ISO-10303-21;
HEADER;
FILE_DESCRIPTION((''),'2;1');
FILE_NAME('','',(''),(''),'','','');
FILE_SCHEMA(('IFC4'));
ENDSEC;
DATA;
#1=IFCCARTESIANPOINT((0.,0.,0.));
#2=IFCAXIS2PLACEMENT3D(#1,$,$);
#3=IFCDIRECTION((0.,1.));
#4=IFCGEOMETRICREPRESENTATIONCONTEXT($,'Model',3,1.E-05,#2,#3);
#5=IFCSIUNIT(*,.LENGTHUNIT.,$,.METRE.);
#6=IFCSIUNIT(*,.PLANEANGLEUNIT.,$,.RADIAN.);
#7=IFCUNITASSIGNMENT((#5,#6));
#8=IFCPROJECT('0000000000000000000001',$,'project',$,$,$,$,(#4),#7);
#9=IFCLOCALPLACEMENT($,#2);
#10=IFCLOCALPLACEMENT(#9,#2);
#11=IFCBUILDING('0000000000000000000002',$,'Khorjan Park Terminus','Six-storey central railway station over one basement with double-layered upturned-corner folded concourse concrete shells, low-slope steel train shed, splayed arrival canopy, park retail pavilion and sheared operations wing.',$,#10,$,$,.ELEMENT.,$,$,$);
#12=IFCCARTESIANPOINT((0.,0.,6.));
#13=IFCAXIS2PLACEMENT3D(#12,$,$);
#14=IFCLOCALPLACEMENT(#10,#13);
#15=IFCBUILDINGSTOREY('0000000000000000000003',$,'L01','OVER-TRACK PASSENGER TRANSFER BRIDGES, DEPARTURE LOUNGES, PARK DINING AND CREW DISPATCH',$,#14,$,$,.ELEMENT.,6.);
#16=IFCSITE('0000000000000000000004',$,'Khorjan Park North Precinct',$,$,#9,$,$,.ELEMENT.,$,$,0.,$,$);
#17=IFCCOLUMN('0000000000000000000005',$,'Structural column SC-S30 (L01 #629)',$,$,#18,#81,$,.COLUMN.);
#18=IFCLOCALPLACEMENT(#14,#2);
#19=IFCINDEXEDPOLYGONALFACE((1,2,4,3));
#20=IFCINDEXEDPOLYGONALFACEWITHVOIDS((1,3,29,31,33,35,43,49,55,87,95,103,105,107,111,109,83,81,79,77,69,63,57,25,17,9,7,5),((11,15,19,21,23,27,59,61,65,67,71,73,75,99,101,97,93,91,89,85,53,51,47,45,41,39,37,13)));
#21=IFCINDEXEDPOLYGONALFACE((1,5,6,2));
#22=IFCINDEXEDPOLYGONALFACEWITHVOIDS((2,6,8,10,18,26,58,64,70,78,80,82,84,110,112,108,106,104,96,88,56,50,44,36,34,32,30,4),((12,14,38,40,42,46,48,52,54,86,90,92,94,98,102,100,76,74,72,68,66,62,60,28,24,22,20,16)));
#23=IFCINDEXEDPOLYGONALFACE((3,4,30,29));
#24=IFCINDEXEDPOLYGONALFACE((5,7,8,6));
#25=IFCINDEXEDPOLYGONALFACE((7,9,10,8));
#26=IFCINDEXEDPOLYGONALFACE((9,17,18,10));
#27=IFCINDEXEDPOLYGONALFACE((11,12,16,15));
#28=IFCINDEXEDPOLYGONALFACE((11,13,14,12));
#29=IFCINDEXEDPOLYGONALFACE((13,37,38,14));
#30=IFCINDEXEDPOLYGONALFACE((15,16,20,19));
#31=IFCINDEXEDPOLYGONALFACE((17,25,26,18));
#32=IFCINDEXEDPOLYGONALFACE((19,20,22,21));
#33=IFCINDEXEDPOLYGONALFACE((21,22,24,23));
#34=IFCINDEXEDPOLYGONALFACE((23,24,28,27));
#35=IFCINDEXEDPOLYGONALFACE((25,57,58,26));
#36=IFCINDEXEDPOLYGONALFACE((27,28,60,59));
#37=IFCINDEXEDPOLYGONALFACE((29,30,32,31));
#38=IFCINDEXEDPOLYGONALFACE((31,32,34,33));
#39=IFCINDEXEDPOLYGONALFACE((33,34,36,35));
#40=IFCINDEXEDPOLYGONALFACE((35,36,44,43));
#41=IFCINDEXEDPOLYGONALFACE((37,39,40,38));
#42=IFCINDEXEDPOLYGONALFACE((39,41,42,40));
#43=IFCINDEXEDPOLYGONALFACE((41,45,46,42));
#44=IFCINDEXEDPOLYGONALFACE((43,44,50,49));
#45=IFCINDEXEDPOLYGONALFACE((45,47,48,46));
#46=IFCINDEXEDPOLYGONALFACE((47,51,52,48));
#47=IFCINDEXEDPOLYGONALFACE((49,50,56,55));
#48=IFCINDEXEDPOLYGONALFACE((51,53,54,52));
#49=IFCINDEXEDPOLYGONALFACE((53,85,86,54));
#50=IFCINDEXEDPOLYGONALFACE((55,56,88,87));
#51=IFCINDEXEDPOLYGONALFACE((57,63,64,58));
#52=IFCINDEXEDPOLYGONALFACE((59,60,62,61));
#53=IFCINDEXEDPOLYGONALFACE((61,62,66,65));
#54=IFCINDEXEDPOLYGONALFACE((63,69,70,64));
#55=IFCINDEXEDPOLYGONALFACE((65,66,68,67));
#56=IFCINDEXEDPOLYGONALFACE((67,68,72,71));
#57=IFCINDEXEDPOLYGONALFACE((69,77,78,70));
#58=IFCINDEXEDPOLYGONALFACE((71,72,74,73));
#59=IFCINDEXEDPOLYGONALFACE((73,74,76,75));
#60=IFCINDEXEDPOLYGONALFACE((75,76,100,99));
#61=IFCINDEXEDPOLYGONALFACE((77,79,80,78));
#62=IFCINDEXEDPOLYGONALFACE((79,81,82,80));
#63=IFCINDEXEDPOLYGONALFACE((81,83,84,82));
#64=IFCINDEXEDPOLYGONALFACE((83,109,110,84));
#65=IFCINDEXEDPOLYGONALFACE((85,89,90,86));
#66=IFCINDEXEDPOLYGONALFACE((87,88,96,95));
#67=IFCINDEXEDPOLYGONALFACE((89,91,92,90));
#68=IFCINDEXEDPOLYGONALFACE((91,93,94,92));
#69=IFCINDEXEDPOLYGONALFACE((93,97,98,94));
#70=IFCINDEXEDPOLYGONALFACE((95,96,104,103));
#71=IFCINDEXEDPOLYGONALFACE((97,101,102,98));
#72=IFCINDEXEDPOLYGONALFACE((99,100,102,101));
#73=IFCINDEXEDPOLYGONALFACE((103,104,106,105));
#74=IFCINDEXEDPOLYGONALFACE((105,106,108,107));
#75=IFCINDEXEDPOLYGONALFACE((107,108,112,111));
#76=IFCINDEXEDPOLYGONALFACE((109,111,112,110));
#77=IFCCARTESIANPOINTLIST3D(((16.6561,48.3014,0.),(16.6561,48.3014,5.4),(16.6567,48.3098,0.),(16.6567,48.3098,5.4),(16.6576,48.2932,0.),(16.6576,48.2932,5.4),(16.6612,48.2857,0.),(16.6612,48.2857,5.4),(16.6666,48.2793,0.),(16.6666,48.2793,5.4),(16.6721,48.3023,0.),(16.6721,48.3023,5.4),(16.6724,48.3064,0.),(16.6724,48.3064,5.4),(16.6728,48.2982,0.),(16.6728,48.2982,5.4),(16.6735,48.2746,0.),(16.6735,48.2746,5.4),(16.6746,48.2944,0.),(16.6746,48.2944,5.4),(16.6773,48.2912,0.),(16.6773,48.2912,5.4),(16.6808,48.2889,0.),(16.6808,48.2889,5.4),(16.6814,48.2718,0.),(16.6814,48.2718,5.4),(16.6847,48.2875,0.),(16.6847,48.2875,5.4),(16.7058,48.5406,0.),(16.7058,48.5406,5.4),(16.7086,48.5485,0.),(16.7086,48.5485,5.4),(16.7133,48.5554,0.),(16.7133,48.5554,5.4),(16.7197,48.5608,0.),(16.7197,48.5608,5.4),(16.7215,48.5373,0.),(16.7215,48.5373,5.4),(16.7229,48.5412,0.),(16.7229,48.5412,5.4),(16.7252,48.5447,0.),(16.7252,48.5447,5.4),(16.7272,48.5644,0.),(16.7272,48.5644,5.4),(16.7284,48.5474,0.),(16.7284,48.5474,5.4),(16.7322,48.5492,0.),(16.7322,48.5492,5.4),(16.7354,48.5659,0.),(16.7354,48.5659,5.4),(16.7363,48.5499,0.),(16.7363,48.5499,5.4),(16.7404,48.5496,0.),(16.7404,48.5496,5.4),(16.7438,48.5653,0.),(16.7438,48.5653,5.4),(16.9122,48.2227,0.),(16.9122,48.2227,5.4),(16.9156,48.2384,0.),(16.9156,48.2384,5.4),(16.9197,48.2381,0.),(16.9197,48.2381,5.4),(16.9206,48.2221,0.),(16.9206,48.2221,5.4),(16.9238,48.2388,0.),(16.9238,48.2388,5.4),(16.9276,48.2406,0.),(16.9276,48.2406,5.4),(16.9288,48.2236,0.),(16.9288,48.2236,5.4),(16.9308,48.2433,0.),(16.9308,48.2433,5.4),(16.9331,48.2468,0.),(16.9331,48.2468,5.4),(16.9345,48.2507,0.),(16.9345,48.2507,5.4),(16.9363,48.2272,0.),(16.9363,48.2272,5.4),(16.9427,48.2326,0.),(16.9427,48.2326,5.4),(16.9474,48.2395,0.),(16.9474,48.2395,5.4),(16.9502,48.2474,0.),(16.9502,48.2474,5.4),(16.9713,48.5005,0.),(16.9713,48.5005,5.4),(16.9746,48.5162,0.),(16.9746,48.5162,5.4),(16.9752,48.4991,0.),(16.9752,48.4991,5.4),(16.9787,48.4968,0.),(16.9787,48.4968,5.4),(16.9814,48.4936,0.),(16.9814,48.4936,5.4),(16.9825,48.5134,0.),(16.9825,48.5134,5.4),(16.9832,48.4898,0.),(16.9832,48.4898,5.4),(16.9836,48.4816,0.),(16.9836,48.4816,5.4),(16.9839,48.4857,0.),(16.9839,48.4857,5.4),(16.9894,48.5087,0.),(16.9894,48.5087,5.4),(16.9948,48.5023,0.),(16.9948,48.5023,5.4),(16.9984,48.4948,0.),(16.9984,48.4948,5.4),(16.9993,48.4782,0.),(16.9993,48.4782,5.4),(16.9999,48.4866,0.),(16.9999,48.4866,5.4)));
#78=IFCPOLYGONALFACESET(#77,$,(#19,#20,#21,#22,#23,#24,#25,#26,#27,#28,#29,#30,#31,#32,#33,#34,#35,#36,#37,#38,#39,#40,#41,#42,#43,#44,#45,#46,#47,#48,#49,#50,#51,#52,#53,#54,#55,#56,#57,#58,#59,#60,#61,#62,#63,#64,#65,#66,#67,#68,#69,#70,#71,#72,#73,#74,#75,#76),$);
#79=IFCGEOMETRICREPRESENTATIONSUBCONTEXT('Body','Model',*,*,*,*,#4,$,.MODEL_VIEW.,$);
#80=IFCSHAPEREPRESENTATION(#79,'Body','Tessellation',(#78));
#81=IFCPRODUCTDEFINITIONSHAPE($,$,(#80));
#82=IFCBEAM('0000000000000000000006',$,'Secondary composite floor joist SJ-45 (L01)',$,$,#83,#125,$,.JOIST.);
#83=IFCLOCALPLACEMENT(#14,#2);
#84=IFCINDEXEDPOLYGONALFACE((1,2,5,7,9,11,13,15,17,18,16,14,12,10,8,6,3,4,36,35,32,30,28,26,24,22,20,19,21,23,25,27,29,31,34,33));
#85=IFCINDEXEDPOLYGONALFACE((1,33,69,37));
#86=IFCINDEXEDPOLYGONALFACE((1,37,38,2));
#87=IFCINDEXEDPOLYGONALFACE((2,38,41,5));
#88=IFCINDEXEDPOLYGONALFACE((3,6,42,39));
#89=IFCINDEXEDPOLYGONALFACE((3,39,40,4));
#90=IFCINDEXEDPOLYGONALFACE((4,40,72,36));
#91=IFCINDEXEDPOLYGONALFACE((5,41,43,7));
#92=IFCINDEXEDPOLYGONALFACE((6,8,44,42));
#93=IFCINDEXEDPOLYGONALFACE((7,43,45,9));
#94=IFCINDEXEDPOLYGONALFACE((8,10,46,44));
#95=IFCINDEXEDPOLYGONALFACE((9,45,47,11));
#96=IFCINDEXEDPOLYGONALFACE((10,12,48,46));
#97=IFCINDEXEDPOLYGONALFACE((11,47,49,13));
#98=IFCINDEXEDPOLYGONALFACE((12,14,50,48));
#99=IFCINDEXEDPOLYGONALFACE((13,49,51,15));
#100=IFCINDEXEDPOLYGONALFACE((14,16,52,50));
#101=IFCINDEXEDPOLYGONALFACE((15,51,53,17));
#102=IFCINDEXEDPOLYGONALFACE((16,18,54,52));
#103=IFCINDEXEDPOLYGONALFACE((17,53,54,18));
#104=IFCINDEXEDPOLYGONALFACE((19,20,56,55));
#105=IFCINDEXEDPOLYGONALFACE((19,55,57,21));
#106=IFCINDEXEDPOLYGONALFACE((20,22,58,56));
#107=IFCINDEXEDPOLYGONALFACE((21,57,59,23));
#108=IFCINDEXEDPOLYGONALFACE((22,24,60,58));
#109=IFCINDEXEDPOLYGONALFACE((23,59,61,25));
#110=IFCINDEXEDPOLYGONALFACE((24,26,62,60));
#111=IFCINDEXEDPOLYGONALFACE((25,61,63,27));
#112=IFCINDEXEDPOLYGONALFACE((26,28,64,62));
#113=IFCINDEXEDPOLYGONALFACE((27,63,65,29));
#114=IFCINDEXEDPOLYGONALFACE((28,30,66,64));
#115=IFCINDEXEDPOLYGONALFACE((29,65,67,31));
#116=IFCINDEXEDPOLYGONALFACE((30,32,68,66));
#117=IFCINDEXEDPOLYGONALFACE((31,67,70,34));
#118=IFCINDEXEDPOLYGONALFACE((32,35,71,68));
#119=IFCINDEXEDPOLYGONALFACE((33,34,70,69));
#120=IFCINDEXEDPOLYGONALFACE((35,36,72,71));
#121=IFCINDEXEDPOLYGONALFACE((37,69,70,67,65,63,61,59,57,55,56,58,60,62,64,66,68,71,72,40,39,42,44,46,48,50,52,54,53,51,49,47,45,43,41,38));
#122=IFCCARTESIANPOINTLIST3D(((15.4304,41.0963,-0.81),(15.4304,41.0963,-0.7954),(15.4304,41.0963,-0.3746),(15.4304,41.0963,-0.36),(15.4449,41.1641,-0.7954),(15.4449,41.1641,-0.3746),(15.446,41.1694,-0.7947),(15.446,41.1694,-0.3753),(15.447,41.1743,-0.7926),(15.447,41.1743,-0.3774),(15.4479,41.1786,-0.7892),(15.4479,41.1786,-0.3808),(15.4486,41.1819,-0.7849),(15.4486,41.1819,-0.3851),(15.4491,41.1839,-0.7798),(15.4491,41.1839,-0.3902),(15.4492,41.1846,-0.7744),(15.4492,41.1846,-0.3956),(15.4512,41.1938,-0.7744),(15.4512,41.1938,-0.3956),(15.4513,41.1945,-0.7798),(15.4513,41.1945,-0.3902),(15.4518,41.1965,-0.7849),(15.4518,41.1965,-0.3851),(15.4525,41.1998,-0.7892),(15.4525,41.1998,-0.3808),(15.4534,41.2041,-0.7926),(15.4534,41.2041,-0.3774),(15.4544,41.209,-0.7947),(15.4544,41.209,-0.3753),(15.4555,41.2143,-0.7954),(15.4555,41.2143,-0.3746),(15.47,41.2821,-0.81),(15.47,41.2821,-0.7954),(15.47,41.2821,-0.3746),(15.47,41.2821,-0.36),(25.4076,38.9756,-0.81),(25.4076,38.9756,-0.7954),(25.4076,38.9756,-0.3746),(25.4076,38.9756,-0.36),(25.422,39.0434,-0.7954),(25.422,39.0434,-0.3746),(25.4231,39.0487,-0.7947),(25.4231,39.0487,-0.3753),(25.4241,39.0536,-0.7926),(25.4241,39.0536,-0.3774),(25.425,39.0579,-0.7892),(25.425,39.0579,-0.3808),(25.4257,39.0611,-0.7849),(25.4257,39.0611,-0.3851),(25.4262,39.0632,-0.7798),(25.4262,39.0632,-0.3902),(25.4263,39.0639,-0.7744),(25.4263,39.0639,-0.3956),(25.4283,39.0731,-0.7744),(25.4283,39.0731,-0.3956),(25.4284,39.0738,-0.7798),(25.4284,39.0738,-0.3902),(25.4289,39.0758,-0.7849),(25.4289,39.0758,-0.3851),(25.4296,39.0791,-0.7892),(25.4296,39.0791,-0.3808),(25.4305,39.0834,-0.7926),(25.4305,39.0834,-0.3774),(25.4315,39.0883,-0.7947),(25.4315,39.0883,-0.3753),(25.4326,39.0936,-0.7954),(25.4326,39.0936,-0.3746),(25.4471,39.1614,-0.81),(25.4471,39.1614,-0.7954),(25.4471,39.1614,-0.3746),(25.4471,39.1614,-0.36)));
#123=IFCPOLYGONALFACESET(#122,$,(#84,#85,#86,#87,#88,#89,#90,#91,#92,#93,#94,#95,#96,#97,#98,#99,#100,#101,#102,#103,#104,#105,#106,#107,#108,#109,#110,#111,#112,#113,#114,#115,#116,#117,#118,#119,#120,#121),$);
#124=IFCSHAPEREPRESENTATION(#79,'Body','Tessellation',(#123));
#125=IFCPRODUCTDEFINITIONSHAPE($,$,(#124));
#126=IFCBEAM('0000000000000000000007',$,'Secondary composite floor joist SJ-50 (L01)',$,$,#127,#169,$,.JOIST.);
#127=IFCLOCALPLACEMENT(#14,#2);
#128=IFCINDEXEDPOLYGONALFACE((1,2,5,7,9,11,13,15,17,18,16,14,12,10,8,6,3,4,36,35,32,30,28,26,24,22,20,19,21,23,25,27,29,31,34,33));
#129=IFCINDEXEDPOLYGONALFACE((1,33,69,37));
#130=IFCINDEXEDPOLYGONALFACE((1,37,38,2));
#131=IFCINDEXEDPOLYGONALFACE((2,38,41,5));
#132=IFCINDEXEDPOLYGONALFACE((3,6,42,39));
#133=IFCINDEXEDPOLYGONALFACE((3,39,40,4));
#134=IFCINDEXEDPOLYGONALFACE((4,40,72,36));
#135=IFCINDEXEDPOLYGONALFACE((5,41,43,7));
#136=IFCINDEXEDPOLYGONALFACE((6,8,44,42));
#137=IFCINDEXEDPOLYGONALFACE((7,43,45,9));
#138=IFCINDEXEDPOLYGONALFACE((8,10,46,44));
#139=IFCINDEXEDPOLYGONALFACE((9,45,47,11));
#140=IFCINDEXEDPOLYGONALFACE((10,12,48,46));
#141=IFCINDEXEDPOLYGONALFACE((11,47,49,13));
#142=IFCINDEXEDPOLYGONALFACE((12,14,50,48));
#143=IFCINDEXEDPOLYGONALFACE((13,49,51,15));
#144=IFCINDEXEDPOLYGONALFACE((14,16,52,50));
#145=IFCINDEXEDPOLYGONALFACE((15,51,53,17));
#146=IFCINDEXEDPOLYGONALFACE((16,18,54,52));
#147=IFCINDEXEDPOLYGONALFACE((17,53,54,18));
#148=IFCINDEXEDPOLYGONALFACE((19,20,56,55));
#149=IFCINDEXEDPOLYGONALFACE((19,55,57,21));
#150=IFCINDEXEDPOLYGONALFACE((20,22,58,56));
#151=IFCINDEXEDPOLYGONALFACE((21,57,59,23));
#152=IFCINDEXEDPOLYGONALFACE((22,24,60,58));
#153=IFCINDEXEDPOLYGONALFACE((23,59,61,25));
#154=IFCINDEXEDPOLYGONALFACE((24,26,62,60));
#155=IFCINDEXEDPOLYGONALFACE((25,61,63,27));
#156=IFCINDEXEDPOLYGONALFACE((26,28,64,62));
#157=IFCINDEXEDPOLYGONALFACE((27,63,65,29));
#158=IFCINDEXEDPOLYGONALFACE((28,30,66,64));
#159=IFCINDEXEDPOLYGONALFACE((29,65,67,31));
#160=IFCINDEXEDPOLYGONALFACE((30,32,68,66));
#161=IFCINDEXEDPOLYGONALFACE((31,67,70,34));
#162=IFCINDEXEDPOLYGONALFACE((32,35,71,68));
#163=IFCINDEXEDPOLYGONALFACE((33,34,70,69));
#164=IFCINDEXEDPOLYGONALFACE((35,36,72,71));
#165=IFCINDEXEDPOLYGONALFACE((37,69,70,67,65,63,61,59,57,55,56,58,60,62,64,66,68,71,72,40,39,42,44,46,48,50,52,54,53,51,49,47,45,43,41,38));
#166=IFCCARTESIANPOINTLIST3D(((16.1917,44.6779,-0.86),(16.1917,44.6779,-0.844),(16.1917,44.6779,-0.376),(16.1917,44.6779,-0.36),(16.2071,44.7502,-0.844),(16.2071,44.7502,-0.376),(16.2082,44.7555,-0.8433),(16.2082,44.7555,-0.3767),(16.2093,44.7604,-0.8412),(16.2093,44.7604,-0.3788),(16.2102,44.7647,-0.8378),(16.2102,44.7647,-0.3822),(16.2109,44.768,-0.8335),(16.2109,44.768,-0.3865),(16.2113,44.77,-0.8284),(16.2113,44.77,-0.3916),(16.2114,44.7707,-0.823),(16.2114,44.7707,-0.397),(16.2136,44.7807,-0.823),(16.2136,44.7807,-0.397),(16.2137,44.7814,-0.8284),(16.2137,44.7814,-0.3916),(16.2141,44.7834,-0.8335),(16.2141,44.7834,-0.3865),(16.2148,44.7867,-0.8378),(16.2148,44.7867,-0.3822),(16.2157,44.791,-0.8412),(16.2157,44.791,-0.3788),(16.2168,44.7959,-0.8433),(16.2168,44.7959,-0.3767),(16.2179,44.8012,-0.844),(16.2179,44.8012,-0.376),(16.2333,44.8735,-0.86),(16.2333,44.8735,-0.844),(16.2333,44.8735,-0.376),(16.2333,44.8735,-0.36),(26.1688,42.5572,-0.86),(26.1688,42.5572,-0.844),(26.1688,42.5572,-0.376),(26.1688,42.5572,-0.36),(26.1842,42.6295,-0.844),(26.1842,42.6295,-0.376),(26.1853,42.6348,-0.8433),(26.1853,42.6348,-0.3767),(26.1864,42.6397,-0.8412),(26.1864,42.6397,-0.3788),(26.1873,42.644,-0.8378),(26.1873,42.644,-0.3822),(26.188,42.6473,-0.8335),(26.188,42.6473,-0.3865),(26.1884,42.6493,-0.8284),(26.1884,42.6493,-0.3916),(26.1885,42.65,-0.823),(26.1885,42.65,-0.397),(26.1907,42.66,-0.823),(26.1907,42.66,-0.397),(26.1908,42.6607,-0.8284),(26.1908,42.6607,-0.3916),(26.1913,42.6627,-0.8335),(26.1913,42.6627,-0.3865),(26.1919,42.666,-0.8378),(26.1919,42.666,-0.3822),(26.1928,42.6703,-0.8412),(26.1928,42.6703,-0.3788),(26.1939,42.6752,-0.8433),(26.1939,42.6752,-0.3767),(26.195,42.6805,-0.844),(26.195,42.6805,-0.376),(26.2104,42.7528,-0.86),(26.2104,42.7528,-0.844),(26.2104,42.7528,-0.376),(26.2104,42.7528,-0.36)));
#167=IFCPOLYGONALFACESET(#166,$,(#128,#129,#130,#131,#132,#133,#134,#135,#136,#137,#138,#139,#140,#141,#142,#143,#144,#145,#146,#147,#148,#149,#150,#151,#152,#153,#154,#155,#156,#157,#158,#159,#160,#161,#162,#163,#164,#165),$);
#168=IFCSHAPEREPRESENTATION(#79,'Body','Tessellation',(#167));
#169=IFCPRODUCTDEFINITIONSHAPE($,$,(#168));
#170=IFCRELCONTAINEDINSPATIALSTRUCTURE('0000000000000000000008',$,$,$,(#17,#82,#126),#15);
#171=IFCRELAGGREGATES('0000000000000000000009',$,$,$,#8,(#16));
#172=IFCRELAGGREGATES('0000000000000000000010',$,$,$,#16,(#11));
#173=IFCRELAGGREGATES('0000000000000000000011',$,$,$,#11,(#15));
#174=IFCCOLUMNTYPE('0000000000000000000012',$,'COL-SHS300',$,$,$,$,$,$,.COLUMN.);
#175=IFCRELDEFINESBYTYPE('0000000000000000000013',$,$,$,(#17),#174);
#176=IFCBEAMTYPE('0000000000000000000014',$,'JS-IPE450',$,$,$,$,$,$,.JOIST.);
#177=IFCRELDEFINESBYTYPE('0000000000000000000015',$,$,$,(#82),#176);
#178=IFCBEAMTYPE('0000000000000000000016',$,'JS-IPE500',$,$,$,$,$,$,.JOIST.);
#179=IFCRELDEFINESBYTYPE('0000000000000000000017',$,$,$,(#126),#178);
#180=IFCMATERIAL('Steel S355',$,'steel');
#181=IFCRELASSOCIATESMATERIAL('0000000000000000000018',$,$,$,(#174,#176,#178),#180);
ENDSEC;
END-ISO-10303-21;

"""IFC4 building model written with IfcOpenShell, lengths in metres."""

from ifc_helpers import new_model, si_unit, direction, frame, origin, origin_2d, place, context, subcontext, project, spatial, hollow_rectangle, i_section, extrude, material, material_profile, profile_set, type_object, element, save


model = new_model("IFC4")

# Units and contexts
model_context = context("Model", 3, precision=1e-05, world=origin(), true_north=direction((0.0, 1.0)))
body_context = subcontext(model_context, "Body", "Model", "MODEL_VIEW")
ifc_project = project(units=[si_unit("LENGTHUNIT", "METRE"), si_unit("PLANEANGLEUNIT", "RADIAN")], contexts=[model_context])

# Site, building, storey
site_placement = place(None, origin())
site = spatial("IfcSite", under=ifc_project, at=site_placement, Name="Khorjan Park North Precinct", CompositionType="ELEMENT", RefElevation=0.0)
building_placement = place(site_placement, origin())
building = spatial("IfcBuilding", under=site, at=building_placement, Name="Khorjan Park Terminus", Description="Six-storey central railway station over one basement with double-layered upturned-corner folded concourse concrete shells, low-slope steel train shed, splayed arrival canopy, park retail pavilion and sheared operations wing.", CompositionType="ELEMENT")
storey_placement = place(building_placement, frame((0.0, 0.0, 6.0)))
storey = spatial("IfcBuildingStorey", under=building, at=storey_placement, Name="L01", Description="OVER-TRACK PASSENGER TRANSFER BRIDGES, DEPARTURE LOUNGES, PARK DINING AND CREW DISPATCH", CompositionType="ELEMENT", Elevation=6.0)

# Column
ifc_material_1 = material(Name="Steel S355", Category="steel")
ifc_material_profile_1 = material_profile(ifc_material_1, hollow_rectangle(XDim=0.3, YDim=0.3, WallThickness=0.016, InnerFilletRadius=0.016, OuterFilletRadius=0.032, at=origin_2d()), Name="SHS 300x300x16")
ifc_profile_set_1 = profile_set([ifc_material_profile_1], Name="Steel S355")
column_type = type_object("IfcColumnType", Name="COL-SHS300", PredefinedType="COLUMN", material=ifc_profile_set_1)
column_placement = place(storey_placement, frame((16.828, 48.394, 0.0), z_axis=(0.0, 0.0, 1.0), x_axis=(0.978148, -0.207912, 0.0)))
element("IfcColumn", 1, at=column_placement, inside=storey, type_object=column_type, Name="Structural column SC-S30 (L01 #629)", PredefinedType="COLUMN", context=body_context, shape_type="SweptSolid", body=[
    extrude(hollow_rectangle(XDim=0.3, YDim=0.3, WallThickness=0.016, InnerFilletRadius=0.016, OuterFilletRadius=0.032, at=origin_2d()), origin(), (0.0, 0.0, 1.0), 5.4),
])

# Beams
ifc_material_profile_2 = material_profile(ifc_material_1, i_section(OverallWidth=0.19, OverallDepth=0.45, WebThickness=0.0094, FlangeThickness=0.0146, FilletRadius=0.021, at=origin_2d()), Name="IPE 450")
ifc_profile_set_2 = profile_set([ifc_material_profile_2], Name="Steel S355")
beam_type_1 = type_object("IfcBeamType", Name="JS-IPE450", PredefinedType="JOIST", material=ifc_profile_set_2)
beam_1_placement = place(storey_placement, frame((15.4502, 41.1892, -0.585), z_axis=(0.978148, -0.207912, 0.0), x_axis=(0.207912, 0.978148, 0.0)))
element("IfcBeam", 2, at=beam_1_placement, inside=storey, type_object=beam_type_1, Name="Secondary composite floor joist SJ-45 (L01)", PredefinedType="JOIST", context=body_context, shape_type="SweptSolid", body=[
    extrude(i_section(OverallWidth=0.19, OverallDepth=0.45, WebThickness=0.0094, FlangeThickness=0.0146, FilletRadius=0.021, at=origin_2d()), origin(), (0.0, 0.0, 1.0), 10.2),
])
ifc_material_profile_3 = material_profile(ifc_material_1, i_section(OverallWidth=0.2, OverallDepth=0.5, WebThickness=0.0102, FlangeThickness=0.016, FilletRadius=0.021, at=origin_2d()), Name="IPE 500")
ifc_profile_set_3 = profile_set([ifc_material_profile_3], Name="Steel S355")
beam_type_2 = type_object("IfcBeamType", Name="JS-IPE500", PredefinedType="JOIST", material=ifc_profile_set_3)
beam_2_placement = place(storey_placement, frame((16.2125, 44.7757, -0.61), z_axis=(0.978148, -0.207912, 0.0), x_axis=(0.207912, 0.978148, 0.0)))
element("IfcBeam", 3, at=beam_2_placement, inside=storey, type_object=beam_type_2, Name="Secondary composite floor joist SJ-50 (L01)", PredefinedType="JOIST", context=body_context, shape_type="SweptSolid", body=[
    extrude(i_section(OverallWidth=0.2, OverallDepth=0.5, WebThickness=0.0102, FlangeThickness=0.016, FilletRadius=0.021, at=origin_2d()), origin(), (0.0, 0.0, 1.0), 10.2),
])

save(model, "model.ifc")
